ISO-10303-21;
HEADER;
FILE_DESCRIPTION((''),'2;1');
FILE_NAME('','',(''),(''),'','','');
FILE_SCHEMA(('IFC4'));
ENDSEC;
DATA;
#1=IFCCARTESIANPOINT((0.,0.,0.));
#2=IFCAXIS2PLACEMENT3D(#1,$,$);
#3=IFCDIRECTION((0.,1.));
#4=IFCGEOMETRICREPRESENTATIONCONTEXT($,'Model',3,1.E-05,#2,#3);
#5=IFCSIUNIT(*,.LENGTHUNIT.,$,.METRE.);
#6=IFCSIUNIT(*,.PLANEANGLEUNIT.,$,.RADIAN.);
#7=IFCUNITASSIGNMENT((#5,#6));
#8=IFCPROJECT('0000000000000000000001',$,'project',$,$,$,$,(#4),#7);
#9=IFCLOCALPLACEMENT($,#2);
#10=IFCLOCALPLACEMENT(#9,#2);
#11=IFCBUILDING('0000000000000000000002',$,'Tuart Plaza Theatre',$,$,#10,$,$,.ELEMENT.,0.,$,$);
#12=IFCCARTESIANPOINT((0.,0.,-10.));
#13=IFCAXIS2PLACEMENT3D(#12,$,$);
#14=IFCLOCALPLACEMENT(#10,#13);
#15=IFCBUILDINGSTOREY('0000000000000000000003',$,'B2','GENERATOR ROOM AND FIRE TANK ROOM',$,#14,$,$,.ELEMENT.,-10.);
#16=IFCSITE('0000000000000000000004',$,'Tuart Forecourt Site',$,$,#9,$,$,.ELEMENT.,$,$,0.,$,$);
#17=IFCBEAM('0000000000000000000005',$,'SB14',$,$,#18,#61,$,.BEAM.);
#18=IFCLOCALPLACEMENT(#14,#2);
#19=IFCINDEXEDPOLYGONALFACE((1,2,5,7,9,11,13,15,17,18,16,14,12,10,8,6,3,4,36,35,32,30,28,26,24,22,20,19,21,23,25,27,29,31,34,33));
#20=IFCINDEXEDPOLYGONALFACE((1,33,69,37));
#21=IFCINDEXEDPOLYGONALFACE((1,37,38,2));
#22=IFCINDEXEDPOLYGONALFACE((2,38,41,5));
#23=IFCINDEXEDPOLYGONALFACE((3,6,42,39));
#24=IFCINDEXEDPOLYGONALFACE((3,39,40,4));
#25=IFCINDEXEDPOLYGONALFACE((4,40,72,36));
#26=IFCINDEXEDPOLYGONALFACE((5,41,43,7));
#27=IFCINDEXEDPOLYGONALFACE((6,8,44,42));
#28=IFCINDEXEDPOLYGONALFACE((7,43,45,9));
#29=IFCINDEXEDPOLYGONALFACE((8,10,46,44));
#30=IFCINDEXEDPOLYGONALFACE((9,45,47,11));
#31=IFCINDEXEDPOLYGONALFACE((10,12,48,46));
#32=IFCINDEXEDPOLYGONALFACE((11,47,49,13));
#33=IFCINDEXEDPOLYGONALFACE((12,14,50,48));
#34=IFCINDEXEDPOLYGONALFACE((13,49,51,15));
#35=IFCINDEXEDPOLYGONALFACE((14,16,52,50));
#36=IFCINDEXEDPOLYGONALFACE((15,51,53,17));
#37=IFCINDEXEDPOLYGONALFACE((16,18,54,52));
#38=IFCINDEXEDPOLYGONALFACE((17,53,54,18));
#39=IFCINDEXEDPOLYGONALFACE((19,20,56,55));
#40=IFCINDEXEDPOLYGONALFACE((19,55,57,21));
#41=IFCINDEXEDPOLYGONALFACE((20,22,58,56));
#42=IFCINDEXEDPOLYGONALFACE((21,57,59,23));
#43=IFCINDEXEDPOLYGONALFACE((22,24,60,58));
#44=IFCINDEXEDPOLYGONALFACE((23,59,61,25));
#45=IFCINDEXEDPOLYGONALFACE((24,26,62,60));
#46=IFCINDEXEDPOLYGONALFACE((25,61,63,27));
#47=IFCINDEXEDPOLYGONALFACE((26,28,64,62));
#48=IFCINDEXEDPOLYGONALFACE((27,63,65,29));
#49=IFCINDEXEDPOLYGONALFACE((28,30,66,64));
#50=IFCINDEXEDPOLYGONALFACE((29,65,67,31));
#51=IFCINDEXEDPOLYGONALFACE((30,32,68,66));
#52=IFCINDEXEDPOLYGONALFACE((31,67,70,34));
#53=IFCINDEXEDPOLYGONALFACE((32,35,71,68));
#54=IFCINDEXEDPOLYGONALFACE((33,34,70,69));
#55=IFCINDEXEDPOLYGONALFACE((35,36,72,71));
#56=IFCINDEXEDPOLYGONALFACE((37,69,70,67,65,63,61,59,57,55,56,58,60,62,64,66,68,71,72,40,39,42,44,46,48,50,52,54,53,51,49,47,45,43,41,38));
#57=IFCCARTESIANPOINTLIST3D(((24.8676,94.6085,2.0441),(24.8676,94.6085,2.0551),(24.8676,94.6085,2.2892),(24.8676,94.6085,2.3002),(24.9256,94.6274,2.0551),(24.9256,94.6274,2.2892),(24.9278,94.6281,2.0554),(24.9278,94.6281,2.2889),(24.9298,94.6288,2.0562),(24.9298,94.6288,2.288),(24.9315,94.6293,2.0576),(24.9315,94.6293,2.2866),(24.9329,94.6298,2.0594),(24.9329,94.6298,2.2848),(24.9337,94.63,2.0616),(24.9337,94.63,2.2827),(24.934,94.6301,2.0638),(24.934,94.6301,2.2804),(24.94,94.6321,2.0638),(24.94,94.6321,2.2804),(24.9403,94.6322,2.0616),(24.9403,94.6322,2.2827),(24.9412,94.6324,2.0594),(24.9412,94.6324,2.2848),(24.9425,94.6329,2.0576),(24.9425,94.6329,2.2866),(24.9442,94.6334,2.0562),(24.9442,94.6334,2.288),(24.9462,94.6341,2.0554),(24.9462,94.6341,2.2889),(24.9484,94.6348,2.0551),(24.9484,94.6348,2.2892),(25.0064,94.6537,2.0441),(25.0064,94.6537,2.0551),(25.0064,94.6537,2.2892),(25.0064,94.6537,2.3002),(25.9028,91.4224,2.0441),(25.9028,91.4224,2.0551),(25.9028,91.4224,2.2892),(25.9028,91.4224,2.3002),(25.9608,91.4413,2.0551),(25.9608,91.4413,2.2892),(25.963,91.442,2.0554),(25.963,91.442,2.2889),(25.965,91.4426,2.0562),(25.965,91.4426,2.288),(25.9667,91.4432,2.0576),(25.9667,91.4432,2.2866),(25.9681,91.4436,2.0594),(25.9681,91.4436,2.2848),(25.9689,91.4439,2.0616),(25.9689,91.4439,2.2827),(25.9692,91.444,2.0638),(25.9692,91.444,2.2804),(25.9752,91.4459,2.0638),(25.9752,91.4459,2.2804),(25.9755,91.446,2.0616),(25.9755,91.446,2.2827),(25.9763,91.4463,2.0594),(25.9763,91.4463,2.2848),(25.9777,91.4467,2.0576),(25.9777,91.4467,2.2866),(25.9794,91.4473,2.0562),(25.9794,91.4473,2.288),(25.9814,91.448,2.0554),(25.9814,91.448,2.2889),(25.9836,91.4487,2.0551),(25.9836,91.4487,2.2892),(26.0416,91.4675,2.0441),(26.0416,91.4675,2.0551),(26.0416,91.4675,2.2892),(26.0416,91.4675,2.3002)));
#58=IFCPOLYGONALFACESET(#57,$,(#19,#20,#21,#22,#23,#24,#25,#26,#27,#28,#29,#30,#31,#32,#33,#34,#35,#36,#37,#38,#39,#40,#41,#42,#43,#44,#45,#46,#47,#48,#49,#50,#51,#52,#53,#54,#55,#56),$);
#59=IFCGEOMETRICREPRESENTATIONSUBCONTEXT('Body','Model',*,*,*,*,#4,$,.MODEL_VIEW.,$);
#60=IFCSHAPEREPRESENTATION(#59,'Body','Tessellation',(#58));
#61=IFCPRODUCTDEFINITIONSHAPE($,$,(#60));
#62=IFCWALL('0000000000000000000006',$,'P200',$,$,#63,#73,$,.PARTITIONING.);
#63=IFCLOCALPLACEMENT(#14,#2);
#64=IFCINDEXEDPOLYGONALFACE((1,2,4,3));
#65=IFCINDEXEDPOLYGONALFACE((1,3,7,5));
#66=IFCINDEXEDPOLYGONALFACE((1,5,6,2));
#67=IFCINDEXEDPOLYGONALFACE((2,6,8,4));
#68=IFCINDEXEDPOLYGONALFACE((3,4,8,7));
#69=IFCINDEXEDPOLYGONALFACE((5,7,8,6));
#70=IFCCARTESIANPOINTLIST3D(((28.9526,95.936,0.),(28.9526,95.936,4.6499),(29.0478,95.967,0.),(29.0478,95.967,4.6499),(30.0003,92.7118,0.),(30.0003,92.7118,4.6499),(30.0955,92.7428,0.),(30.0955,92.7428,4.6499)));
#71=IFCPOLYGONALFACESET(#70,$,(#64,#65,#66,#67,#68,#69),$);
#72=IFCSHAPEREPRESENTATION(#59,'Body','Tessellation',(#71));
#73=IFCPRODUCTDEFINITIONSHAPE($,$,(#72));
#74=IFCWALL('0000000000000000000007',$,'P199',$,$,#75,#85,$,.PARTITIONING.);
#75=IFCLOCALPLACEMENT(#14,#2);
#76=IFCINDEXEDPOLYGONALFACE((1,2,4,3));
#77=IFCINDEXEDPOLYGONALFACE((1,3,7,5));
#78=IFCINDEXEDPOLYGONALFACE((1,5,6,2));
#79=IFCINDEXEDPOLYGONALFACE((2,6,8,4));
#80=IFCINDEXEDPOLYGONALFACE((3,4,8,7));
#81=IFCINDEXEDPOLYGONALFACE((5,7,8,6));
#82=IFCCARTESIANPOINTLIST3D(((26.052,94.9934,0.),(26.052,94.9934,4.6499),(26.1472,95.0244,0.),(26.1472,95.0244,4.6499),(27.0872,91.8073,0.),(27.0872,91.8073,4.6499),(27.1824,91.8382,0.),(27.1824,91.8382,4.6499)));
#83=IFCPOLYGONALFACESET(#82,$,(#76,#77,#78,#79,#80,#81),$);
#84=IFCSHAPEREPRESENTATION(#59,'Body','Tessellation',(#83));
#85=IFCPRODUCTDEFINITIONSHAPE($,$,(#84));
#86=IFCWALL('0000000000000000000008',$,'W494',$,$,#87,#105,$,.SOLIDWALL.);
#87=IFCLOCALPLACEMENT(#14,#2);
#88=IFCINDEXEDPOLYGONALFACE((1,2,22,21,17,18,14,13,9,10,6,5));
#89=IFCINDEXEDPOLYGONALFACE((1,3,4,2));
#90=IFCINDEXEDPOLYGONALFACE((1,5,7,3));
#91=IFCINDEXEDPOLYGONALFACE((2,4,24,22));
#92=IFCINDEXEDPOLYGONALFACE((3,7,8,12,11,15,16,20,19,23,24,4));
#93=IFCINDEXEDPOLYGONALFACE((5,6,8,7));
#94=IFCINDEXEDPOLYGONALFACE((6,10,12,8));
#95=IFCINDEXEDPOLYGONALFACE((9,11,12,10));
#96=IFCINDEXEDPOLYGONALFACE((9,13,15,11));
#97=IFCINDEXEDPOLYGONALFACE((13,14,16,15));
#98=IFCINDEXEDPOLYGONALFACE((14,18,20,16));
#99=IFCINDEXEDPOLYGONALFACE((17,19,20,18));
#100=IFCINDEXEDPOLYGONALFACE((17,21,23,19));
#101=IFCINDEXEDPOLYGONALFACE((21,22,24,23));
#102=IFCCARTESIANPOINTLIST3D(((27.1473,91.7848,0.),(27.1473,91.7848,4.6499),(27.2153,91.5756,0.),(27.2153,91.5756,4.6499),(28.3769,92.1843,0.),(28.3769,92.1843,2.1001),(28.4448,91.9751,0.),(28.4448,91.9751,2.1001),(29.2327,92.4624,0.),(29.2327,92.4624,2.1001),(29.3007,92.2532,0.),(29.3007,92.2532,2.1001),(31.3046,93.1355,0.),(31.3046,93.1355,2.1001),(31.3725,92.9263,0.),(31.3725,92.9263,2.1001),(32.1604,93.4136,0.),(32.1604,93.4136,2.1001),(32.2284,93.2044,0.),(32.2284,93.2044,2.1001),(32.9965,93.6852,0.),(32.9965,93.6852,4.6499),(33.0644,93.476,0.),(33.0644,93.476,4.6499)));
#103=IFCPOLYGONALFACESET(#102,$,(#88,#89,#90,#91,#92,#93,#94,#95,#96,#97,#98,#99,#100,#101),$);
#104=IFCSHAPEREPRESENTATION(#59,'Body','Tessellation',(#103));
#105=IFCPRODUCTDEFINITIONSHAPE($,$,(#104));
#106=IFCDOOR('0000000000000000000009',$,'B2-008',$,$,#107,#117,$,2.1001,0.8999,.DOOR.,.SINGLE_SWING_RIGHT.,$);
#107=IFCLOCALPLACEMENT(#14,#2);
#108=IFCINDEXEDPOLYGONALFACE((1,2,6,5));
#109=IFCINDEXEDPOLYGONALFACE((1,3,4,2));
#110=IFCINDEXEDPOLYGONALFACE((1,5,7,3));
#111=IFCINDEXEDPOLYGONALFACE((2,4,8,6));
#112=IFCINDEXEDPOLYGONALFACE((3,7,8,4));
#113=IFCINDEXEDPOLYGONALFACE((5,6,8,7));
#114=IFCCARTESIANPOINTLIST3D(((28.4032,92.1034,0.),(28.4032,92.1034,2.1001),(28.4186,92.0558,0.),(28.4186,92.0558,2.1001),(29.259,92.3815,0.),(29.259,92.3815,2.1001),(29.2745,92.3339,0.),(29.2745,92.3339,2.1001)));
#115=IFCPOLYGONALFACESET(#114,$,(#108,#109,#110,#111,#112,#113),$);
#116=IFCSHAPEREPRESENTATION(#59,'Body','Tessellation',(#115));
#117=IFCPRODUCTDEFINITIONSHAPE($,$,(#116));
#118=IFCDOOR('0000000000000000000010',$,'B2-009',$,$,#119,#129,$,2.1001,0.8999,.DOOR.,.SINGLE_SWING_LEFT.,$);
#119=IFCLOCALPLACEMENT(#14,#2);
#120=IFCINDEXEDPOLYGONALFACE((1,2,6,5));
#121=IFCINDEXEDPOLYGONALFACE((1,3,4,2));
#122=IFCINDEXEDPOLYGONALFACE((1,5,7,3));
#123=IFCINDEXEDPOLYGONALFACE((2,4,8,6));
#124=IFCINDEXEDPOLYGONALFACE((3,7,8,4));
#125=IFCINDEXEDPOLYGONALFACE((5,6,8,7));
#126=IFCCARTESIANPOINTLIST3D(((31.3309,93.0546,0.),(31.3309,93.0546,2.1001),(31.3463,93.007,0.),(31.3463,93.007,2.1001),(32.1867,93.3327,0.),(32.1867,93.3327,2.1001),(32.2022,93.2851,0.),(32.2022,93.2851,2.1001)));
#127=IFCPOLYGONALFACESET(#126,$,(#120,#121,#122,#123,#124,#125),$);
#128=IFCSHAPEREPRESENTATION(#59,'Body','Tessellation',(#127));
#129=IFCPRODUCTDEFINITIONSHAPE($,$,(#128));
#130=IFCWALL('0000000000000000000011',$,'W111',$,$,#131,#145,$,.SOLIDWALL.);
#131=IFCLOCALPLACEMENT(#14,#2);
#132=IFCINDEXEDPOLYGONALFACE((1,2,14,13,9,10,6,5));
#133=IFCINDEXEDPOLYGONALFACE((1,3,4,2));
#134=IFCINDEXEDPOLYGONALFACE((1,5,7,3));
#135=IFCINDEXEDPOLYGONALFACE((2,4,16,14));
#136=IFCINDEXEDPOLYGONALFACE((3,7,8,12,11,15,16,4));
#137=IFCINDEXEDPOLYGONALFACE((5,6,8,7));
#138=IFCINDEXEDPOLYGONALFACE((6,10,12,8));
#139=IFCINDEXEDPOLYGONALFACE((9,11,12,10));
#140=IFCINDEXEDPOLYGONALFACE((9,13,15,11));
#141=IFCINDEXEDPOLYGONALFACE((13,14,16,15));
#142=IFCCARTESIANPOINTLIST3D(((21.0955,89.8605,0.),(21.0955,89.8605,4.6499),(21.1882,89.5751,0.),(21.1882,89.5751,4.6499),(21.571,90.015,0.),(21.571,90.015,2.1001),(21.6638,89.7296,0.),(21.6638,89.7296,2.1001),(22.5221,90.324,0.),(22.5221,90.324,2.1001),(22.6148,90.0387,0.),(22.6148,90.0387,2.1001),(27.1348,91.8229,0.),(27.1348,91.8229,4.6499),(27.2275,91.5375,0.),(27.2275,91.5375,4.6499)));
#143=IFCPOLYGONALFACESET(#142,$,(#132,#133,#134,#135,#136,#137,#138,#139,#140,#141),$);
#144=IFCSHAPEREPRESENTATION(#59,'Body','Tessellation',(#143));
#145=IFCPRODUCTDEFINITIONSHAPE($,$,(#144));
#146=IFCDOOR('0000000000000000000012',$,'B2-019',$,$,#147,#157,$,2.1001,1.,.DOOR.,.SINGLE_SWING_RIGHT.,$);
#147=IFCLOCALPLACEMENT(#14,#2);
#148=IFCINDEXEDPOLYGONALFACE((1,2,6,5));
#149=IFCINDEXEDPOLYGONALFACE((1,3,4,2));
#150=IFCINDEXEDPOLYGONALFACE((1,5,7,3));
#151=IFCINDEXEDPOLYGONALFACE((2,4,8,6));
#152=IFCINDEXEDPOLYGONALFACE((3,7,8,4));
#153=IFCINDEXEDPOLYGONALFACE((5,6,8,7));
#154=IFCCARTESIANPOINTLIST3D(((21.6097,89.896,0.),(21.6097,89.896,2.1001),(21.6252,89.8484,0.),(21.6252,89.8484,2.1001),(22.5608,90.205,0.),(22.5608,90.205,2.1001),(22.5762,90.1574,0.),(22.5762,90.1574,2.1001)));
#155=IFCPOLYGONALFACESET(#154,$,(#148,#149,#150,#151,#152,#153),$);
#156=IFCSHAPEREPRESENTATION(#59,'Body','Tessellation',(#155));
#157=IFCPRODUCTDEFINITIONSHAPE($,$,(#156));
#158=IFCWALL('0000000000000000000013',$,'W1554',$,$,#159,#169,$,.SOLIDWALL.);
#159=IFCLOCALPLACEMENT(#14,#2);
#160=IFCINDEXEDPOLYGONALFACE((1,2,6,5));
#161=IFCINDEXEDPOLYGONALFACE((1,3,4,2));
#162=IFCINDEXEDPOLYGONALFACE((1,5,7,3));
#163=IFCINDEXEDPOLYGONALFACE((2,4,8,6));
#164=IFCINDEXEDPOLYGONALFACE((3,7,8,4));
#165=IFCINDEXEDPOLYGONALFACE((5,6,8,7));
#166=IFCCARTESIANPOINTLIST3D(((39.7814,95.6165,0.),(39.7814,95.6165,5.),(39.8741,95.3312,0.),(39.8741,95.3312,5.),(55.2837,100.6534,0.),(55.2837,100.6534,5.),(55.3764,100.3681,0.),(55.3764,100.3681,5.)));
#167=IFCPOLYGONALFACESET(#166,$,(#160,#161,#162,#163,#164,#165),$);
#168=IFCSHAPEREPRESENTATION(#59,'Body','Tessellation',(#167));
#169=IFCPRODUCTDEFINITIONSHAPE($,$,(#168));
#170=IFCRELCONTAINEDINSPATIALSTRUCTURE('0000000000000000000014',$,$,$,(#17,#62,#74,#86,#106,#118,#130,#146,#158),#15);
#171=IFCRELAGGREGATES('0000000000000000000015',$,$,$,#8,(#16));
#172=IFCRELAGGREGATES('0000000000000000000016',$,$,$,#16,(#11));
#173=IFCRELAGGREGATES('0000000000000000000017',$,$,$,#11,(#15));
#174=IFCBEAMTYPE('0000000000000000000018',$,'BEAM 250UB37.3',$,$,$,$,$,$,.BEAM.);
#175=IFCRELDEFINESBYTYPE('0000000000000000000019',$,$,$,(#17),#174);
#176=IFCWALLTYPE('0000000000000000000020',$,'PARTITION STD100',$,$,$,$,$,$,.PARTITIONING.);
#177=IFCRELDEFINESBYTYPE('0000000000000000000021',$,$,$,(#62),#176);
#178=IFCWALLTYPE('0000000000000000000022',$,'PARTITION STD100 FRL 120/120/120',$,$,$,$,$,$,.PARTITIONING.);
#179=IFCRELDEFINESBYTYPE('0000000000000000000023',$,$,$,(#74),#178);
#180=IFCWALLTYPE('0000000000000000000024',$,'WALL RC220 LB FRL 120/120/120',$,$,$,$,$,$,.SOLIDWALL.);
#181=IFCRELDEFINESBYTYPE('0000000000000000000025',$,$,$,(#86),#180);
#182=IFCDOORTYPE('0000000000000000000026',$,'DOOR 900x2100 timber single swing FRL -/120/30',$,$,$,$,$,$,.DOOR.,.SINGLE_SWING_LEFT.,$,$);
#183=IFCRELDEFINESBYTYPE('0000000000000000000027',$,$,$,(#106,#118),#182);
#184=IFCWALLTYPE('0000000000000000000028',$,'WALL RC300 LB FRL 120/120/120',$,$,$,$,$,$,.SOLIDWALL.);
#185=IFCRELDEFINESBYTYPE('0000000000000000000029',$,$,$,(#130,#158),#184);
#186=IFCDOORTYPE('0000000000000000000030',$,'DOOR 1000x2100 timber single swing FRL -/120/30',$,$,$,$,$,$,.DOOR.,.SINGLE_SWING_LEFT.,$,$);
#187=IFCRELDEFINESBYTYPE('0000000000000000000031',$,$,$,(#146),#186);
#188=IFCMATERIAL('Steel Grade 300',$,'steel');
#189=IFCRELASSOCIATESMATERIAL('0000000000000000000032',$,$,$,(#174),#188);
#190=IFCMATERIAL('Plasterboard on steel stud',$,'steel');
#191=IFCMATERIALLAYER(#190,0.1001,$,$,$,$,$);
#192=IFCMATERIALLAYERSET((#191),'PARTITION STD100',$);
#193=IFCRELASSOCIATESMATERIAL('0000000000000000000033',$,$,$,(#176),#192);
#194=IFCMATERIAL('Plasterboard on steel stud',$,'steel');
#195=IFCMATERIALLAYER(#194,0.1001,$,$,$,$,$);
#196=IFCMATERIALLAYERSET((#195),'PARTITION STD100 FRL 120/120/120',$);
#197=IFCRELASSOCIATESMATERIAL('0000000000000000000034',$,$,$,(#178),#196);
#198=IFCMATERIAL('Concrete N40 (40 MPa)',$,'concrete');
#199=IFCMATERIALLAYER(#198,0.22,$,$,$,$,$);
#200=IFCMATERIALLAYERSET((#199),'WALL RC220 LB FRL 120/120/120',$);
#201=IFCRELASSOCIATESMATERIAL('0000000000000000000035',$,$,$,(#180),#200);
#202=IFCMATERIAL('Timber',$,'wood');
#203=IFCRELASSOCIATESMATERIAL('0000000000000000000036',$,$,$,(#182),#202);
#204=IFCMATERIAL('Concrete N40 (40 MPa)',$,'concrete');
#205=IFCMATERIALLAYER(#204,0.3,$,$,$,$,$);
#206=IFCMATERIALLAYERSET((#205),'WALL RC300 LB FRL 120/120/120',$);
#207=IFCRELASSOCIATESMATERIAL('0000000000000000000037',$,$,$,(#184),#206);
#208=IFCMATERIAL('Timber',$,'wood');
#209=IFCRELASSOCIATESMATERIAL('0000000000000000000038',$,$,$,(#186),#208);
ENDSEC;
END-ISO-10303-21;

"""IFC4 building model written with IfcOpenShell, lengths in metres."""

from ifc_helpers import new_model, si_unit, direction, frame, frame_2d, origin, origin_2d, place, context, subcontext, project, spatial, rectangle, i_section, extrude, material, layer, layer_set, material_profile, profile_set, type_object, element, fill, save


model = new_model("IFC4")

# Units and contexts
model_context = context("Model", 3, precision=1e-05, world=origin(), true_north=direction((0.0, 1.0)))
body_context = subcontext(model_context, "Body", "Model", "MODEL_VIEW")
ifc_project = project(units=[si_unit("LENGTHUNIT", "METRE"), si_unit("PLANEANGLEUNIT", "RADIAN")], contexts=[model_context])

# Site, building, storey
site_placement = place(None, origin())
site = spatial("IfcSite", under=ifc_project, at=site_placement, Name="Tuart Forecourt Site", CompositionType="ELEMENT", RefElevation=0.0)
building_placement = place(site_placement, origin())
building = spatial("IfcBuilding", under=site, at=building_placement, Name="Tuart Plaza Theatre", CompositionType="ELEMENT", ElevationOfRefHeight=0.0)
storey_placement = place(building_placement, frame((0.0, 0.0, -10.0)))
storey = spatial("IfcBuildingStorey", under=building, at=storey_placement, Name="B2", Description="GENERATOR ROOM AND FIRE TANK ROOM", CompositionType="ELEMENT", Elevation=-10.0)

# Beam
ifc_material_1 = material(Name="Steel Grade 300", Category="steel")
ifc_material_profile_1 = material_profile(ifc_material_1, i_section(OverallWidth=0.146, OverallDepth=0.2561, WebThickness=0.0063, FlangeThickness=0.011, FilletRadius=0.0088, at=origin_2d()), Name="250UB37.3")
ifc_profile_set_1 = profile_set([ifc_material_profile_1], Name="Steel Grade 300")
beam_type = type_object("IfcBeamType", Name="BEAM 250UB37.3", PredefinedType="BEAM", material=ifc_profile_set_1)
for number, where, z_axis, x_axis, name in (
    (1, (24.937, 94.6311, 2.1721), (0.309004, -0.951061, 0.0), (0.951061, 0.309004, 0.0), "SB14"),
):
    element("IfcBeam", number, at=place(storey_placement, frame(where, z_axis=z_axis, x_axis=x_axis)), inside=storey, type_object=beam_type, Name=name, PredefinedType="BEAM", context=body_context, shape_type="SweptSolid", body=[
        extrude(i_section(OverallWidth=0.146, OverallDepth=0.2561, WebThickness=0.0063, FlangeThickness=0.011, FilletRadius=0.0088, at=origin_2d()), origin(), (0.0, 0.0, 1.0), 3.3501),
    ])

# Walls
ifc_material_2 = material(Name="Plasterboard on steel stud", Category="steel")
ifc_layer_1 = layer(ifc_material_2, 0.1001)
ifc_layer_set_1 = layer_set([ifc_layer_1], Name="PARTITION STD100")
wall_type_1 = type_object("IfcWallType", Name="PARTITION STD100", PredefinedType="PARTITIONING", material=ifc_layer_set_1)
wall_1_placement = place(storey_placement, frame((30.0479, 92.7273, 0.0), z_axis=(0.0, 0.0, 1.0), x_axis=(-0.309024, 0.951054, 0.0)))
element("IfcWall", 2, at=wall_1_placement, inside=storey, type_object=wall_type_1, Name="P200", PredefinedType="PARTITIONING", context=body_context, shape_type="SweptSolid", body=[
    extrude(rectangle(XDim=3.3901, YDim=0.1001, at=frame_2d((1.6951, 0.0))), origin(), (0.0, 0.0, 1.0), 4.6499),
])
ifc_material_3 = material(Name="Plasterboard on steel stud", Category="steel")
ifc_layer_2 = layer(ifc_material_3, 0.1001)
ifc_layer_set_2 = layer_set([ifc_layer_2], Name="PARTITION STD100 FRL 120/120/120")
wall_type_2 = type_object("IfcWallType", Name="PARTITION STD100 FRL 120/120/120", PredefinedType="PARTITIONING", material=ifc_layer_set_2)
wall_2_placement = place(storey_placement, frame((27.1348, 91.8228, 0.0), z_axis=(0.0, 0.0, 1.0), x_axis=(-0.309004, 0.951061, 0.0)))
element("IfcWall", 3, at=wall_2_placement, inside=storey, type_object=wall_type_2, Name="P199", PredefinedType="PARTITIONING", context=body_context, shape_type="SweptSolid", body=[
    extrude(rectangle(XDim=3.3501, YDim=0.1001, at=frame_2d((1.675, 0.0))), origin(), (0.0, 0.0, 1.0), 4.6499),
])

# Wall, openings, doors
ifc_material_4 = material(Name="Concrete N40 (40 MPa)", Category="concrete")
ifc_layer_3 = layer(ifc_material_4, 0.22)
ifc_layer_set_3 = layer_set([ifc_layer_3], Name="WALL RC220 LB FRL 120/120/120")
wall_type_3 = type_object("IfcWallType", Name="WALL RC220 LB FRL 120/120/120", PredefinedType="SOLIDWALL", material=ifc_layer_set_3)
wall_3_placement = place(storey_placement, frame((27.1812, 91.6802, 0.0), z_axis=(0.0, 0.0, 1.0), x_axis=(0.951061, 0.309002, 0.0)))
wall_3 = element("IfcWall", 4, at=wall_3_placement, inside=storey, type_object=wall_type_3, Name="W494", PredefinedType="SOLIDWALL", context=body_context, shape_type="SweptSolid", body=[
    extrude(rectangle(XDim=6.1501, YDim=0.22, at=frame_2d((3.0752, 0.0))), origin(), (0.0, 0.0, 1.0), 4.6499),
])
opening_1_placement = place(wall_3_placement, frame((1.293, 0.0, 0.0)))
opening_1 = element("IfcOpeningElement", 5, at=opening_1_placement, cuts=wall_3, PredefinedType="OPENING", context=body_context, shape_type="SweptSolid", body=[
    extrude(rectangle(XDim=0.8999, YDim=2.1001, at=frame_2d((0.45, 1.05))), frame((0.0, 0.1199, 0.0), z_axis=(0.0, -1.0, 0.0), x_axis=(1.0, 0.0, 0.0)), (0.0, 0.0, 1.0), 0.24),
])
opening_2_placement = place(wall_3_placement, frame((4.3713, 0.0, 0.0)))
opening_2 = element("IfcOpeningElement", 6, at=opening_2_placement, cuts=wall_3, PredefinedType="OPENING", context=body_context, shape_type="SweptSolid", body=[
    extrude(rectangle(XDim=0.8999, YDim=2.1001, at=frame_2d((0.45, 1.05))), frame((0.0, 0.1199, 0.0), z_axis=(0.0, -1.0, 0.0), x_axis=(1.0, 0.0, 0.0)), (0.0, 0.0, 1.0), 0.24),
])
ifc_material_5 = material(Name="Timber", Category="wood")
door_type_1 = type_object("IfcDoorType", Name="DOOR 900x2100 timber single swing FRL -/120/30", OperationType="SINGLE_SWING_LEFT", PredefinedType="DOOR", material=ifc_material_5)
door_1_placement = place(opening_1_placement, origin())
door_1 = element("IfcDoor", 7, at=door_1_placement, inside=storey, type_object=door_type_1, Name="B2-008", OperationType="SINGLE_SWING_RIGHT", OverallHeight=2.1001, OverallWidth=0.8999, PredefinedType="DOOR", context=body_context, shape_type="SweptSolid", body=[
    extrude(rectangle(XDim=0.8999, YDim=2.1001, at=frame_2d((0.45, 1.05))), frame((0.0, 0.0249, 0.0), z_axis=(0.0, -1.0, 0.0), x_axis=(1.0, 0.0, 0.0)), (0.0, 0.0, 1.0), 0.05),
])
fill(opening_1, door_1)
door_2_placement = place(opening_2_placement, origin())
door_2 = element("IfcDoor", 8, at=door_2_placement, inside=storey, type_object=door_type_1, Name="B2-009", OperationType="SINGLE_SWING_LEFT", OverallHeight=2.1001, OverallWidth=0.8999, PredefinedType="DOOR", context=body_context, shape_type="SweptSolid", body=[
    extrude(rectangle(XDim=0.8999, YDim=2.1001, at=frame_2d((0.45, 1.05))), frame((0.0, 0.0249, 0.0), z_axis=(0.0, -1.0, 0.0), x_axis=(1.0, 0.0, 0.0)), (0.0, 0.0, 1.0), 0.05),
])
fill(opening_2, door_2)

# Wall, opening, door
ifc_material_6 = material(Name="Concrete N40 (40 MPa)", Category="concrete")
ifc_layer_4 = layer(ifc_material_6, 0.3)
ifc_layer_set_4 = layer_set([ifc_layer_4], Name="WALL RC300 LB FRL 120/120/120")
wall_type_4 = type_object("IfcWallType", Name="WALL RC300 LB FRL 120/120/120", PredefinedType="SOLIDWALL", material=ifc_layer_set_4)
wall_4_placement = place(storey_placement, frame((27.1812, 91.6802, 0.0), z_axis=(0.0, 0.0, 1.0), x_axis=(-0.951051, -0.309033, 0.0)))
wall_4 = element("IfcWall", 9, at=wall_4_placement, inside=storey, type_object=wall_type_4, Name="W111", PredefinedType="SOLIDWALL", context=body_context, shape_type="SweptSolid", body=[
    extrude(rectangle(XDim=6.3501, YDim=0.3, at=frame_2d((3.175, 0.0))), origin(), (0.0, 0.0, 1.0), 4.6499),
])
opening_3_placement = place(wall_4_placement, frame((4.8501, 0.0, 0.0)))
opening_3 = element("IfcOpeningElement", 10, at=opening_3_placement, cuts=wall_4, PredefinedType="OPENING", context=body_context, shape_type="SweptSolid", body=[
    extrude(rectangle(XDim=1.0, YDim=2.1001, at=frame_2d((0.5, 1.05))), frame((0.0, 0.1599, 0.0), z_axis=(0.0, -1.0, 0.0), x_axis=(1.0, 0.0, 0.0)), (0.0, 0.0, 1.0), 0.3201),
])
ifc_material_7 = material(Name="Timber", Category="wood")
door_type_2 = type_object("IfcDoorType", Name="DOOR 1000x2100 timber single swing FRL -/120/30", OperationType="SINGLE_SWING_LEFT", PredefinedType="DOOR", material=ifc_material_7)
door_3_placement = place(opening_3_placement, frame((1.0, 0.0, 0.0), z_axis=(0.0, 0.0, 1.0), x_axis=(-1.0, 0.0, 0.0)))
door_3 = element("IfcDoor", 11, at=door_3_placement, inside=storey, type_object=door_type_2, Name="B2-019", OperationType="SINGLE_SWING_RIGHT", OverallHeight=2.1001, OverallWidth=1.0, PredefinedType="DOOR", context=body_context, shape_type="SweptSolid", body=[
    extrude(rectangle(XDim=1.0, YDim=2.1001, at=frame_2d((0.5, 1.05))), frame((0.0, 0.0249, 0.0), z_axis=(0.0, -1.0, 0.0), x_axis=(1.0, 0.0, 0.0)), (0.0, 0.0, 1.0), 0.05),
])
fill(opening_3, door_3)

# Wall
wall_5_placement = place(storey_placement, frame((39.8279, 95.4739, 0.0), z_axis=(0.0, 0.0, 1.0), x_axis=(0.951058, 0.309011, 0.0)))
element("IfcWall", 12, at=wall_5_placement, inside=storey, type_object=wall_type_4, Name="W1554", PredefinedType="SOLIDWALL", context=body_context, shape_type="SweptSolid", body=[
    extrude(rectangle(XDim=16.3, YDim=0.3, at=frame_2d((8.1499, 0.0))), origin(), (0.0, 0.0, 1.0), 5.0),
])

save(model, "model.ifc")
